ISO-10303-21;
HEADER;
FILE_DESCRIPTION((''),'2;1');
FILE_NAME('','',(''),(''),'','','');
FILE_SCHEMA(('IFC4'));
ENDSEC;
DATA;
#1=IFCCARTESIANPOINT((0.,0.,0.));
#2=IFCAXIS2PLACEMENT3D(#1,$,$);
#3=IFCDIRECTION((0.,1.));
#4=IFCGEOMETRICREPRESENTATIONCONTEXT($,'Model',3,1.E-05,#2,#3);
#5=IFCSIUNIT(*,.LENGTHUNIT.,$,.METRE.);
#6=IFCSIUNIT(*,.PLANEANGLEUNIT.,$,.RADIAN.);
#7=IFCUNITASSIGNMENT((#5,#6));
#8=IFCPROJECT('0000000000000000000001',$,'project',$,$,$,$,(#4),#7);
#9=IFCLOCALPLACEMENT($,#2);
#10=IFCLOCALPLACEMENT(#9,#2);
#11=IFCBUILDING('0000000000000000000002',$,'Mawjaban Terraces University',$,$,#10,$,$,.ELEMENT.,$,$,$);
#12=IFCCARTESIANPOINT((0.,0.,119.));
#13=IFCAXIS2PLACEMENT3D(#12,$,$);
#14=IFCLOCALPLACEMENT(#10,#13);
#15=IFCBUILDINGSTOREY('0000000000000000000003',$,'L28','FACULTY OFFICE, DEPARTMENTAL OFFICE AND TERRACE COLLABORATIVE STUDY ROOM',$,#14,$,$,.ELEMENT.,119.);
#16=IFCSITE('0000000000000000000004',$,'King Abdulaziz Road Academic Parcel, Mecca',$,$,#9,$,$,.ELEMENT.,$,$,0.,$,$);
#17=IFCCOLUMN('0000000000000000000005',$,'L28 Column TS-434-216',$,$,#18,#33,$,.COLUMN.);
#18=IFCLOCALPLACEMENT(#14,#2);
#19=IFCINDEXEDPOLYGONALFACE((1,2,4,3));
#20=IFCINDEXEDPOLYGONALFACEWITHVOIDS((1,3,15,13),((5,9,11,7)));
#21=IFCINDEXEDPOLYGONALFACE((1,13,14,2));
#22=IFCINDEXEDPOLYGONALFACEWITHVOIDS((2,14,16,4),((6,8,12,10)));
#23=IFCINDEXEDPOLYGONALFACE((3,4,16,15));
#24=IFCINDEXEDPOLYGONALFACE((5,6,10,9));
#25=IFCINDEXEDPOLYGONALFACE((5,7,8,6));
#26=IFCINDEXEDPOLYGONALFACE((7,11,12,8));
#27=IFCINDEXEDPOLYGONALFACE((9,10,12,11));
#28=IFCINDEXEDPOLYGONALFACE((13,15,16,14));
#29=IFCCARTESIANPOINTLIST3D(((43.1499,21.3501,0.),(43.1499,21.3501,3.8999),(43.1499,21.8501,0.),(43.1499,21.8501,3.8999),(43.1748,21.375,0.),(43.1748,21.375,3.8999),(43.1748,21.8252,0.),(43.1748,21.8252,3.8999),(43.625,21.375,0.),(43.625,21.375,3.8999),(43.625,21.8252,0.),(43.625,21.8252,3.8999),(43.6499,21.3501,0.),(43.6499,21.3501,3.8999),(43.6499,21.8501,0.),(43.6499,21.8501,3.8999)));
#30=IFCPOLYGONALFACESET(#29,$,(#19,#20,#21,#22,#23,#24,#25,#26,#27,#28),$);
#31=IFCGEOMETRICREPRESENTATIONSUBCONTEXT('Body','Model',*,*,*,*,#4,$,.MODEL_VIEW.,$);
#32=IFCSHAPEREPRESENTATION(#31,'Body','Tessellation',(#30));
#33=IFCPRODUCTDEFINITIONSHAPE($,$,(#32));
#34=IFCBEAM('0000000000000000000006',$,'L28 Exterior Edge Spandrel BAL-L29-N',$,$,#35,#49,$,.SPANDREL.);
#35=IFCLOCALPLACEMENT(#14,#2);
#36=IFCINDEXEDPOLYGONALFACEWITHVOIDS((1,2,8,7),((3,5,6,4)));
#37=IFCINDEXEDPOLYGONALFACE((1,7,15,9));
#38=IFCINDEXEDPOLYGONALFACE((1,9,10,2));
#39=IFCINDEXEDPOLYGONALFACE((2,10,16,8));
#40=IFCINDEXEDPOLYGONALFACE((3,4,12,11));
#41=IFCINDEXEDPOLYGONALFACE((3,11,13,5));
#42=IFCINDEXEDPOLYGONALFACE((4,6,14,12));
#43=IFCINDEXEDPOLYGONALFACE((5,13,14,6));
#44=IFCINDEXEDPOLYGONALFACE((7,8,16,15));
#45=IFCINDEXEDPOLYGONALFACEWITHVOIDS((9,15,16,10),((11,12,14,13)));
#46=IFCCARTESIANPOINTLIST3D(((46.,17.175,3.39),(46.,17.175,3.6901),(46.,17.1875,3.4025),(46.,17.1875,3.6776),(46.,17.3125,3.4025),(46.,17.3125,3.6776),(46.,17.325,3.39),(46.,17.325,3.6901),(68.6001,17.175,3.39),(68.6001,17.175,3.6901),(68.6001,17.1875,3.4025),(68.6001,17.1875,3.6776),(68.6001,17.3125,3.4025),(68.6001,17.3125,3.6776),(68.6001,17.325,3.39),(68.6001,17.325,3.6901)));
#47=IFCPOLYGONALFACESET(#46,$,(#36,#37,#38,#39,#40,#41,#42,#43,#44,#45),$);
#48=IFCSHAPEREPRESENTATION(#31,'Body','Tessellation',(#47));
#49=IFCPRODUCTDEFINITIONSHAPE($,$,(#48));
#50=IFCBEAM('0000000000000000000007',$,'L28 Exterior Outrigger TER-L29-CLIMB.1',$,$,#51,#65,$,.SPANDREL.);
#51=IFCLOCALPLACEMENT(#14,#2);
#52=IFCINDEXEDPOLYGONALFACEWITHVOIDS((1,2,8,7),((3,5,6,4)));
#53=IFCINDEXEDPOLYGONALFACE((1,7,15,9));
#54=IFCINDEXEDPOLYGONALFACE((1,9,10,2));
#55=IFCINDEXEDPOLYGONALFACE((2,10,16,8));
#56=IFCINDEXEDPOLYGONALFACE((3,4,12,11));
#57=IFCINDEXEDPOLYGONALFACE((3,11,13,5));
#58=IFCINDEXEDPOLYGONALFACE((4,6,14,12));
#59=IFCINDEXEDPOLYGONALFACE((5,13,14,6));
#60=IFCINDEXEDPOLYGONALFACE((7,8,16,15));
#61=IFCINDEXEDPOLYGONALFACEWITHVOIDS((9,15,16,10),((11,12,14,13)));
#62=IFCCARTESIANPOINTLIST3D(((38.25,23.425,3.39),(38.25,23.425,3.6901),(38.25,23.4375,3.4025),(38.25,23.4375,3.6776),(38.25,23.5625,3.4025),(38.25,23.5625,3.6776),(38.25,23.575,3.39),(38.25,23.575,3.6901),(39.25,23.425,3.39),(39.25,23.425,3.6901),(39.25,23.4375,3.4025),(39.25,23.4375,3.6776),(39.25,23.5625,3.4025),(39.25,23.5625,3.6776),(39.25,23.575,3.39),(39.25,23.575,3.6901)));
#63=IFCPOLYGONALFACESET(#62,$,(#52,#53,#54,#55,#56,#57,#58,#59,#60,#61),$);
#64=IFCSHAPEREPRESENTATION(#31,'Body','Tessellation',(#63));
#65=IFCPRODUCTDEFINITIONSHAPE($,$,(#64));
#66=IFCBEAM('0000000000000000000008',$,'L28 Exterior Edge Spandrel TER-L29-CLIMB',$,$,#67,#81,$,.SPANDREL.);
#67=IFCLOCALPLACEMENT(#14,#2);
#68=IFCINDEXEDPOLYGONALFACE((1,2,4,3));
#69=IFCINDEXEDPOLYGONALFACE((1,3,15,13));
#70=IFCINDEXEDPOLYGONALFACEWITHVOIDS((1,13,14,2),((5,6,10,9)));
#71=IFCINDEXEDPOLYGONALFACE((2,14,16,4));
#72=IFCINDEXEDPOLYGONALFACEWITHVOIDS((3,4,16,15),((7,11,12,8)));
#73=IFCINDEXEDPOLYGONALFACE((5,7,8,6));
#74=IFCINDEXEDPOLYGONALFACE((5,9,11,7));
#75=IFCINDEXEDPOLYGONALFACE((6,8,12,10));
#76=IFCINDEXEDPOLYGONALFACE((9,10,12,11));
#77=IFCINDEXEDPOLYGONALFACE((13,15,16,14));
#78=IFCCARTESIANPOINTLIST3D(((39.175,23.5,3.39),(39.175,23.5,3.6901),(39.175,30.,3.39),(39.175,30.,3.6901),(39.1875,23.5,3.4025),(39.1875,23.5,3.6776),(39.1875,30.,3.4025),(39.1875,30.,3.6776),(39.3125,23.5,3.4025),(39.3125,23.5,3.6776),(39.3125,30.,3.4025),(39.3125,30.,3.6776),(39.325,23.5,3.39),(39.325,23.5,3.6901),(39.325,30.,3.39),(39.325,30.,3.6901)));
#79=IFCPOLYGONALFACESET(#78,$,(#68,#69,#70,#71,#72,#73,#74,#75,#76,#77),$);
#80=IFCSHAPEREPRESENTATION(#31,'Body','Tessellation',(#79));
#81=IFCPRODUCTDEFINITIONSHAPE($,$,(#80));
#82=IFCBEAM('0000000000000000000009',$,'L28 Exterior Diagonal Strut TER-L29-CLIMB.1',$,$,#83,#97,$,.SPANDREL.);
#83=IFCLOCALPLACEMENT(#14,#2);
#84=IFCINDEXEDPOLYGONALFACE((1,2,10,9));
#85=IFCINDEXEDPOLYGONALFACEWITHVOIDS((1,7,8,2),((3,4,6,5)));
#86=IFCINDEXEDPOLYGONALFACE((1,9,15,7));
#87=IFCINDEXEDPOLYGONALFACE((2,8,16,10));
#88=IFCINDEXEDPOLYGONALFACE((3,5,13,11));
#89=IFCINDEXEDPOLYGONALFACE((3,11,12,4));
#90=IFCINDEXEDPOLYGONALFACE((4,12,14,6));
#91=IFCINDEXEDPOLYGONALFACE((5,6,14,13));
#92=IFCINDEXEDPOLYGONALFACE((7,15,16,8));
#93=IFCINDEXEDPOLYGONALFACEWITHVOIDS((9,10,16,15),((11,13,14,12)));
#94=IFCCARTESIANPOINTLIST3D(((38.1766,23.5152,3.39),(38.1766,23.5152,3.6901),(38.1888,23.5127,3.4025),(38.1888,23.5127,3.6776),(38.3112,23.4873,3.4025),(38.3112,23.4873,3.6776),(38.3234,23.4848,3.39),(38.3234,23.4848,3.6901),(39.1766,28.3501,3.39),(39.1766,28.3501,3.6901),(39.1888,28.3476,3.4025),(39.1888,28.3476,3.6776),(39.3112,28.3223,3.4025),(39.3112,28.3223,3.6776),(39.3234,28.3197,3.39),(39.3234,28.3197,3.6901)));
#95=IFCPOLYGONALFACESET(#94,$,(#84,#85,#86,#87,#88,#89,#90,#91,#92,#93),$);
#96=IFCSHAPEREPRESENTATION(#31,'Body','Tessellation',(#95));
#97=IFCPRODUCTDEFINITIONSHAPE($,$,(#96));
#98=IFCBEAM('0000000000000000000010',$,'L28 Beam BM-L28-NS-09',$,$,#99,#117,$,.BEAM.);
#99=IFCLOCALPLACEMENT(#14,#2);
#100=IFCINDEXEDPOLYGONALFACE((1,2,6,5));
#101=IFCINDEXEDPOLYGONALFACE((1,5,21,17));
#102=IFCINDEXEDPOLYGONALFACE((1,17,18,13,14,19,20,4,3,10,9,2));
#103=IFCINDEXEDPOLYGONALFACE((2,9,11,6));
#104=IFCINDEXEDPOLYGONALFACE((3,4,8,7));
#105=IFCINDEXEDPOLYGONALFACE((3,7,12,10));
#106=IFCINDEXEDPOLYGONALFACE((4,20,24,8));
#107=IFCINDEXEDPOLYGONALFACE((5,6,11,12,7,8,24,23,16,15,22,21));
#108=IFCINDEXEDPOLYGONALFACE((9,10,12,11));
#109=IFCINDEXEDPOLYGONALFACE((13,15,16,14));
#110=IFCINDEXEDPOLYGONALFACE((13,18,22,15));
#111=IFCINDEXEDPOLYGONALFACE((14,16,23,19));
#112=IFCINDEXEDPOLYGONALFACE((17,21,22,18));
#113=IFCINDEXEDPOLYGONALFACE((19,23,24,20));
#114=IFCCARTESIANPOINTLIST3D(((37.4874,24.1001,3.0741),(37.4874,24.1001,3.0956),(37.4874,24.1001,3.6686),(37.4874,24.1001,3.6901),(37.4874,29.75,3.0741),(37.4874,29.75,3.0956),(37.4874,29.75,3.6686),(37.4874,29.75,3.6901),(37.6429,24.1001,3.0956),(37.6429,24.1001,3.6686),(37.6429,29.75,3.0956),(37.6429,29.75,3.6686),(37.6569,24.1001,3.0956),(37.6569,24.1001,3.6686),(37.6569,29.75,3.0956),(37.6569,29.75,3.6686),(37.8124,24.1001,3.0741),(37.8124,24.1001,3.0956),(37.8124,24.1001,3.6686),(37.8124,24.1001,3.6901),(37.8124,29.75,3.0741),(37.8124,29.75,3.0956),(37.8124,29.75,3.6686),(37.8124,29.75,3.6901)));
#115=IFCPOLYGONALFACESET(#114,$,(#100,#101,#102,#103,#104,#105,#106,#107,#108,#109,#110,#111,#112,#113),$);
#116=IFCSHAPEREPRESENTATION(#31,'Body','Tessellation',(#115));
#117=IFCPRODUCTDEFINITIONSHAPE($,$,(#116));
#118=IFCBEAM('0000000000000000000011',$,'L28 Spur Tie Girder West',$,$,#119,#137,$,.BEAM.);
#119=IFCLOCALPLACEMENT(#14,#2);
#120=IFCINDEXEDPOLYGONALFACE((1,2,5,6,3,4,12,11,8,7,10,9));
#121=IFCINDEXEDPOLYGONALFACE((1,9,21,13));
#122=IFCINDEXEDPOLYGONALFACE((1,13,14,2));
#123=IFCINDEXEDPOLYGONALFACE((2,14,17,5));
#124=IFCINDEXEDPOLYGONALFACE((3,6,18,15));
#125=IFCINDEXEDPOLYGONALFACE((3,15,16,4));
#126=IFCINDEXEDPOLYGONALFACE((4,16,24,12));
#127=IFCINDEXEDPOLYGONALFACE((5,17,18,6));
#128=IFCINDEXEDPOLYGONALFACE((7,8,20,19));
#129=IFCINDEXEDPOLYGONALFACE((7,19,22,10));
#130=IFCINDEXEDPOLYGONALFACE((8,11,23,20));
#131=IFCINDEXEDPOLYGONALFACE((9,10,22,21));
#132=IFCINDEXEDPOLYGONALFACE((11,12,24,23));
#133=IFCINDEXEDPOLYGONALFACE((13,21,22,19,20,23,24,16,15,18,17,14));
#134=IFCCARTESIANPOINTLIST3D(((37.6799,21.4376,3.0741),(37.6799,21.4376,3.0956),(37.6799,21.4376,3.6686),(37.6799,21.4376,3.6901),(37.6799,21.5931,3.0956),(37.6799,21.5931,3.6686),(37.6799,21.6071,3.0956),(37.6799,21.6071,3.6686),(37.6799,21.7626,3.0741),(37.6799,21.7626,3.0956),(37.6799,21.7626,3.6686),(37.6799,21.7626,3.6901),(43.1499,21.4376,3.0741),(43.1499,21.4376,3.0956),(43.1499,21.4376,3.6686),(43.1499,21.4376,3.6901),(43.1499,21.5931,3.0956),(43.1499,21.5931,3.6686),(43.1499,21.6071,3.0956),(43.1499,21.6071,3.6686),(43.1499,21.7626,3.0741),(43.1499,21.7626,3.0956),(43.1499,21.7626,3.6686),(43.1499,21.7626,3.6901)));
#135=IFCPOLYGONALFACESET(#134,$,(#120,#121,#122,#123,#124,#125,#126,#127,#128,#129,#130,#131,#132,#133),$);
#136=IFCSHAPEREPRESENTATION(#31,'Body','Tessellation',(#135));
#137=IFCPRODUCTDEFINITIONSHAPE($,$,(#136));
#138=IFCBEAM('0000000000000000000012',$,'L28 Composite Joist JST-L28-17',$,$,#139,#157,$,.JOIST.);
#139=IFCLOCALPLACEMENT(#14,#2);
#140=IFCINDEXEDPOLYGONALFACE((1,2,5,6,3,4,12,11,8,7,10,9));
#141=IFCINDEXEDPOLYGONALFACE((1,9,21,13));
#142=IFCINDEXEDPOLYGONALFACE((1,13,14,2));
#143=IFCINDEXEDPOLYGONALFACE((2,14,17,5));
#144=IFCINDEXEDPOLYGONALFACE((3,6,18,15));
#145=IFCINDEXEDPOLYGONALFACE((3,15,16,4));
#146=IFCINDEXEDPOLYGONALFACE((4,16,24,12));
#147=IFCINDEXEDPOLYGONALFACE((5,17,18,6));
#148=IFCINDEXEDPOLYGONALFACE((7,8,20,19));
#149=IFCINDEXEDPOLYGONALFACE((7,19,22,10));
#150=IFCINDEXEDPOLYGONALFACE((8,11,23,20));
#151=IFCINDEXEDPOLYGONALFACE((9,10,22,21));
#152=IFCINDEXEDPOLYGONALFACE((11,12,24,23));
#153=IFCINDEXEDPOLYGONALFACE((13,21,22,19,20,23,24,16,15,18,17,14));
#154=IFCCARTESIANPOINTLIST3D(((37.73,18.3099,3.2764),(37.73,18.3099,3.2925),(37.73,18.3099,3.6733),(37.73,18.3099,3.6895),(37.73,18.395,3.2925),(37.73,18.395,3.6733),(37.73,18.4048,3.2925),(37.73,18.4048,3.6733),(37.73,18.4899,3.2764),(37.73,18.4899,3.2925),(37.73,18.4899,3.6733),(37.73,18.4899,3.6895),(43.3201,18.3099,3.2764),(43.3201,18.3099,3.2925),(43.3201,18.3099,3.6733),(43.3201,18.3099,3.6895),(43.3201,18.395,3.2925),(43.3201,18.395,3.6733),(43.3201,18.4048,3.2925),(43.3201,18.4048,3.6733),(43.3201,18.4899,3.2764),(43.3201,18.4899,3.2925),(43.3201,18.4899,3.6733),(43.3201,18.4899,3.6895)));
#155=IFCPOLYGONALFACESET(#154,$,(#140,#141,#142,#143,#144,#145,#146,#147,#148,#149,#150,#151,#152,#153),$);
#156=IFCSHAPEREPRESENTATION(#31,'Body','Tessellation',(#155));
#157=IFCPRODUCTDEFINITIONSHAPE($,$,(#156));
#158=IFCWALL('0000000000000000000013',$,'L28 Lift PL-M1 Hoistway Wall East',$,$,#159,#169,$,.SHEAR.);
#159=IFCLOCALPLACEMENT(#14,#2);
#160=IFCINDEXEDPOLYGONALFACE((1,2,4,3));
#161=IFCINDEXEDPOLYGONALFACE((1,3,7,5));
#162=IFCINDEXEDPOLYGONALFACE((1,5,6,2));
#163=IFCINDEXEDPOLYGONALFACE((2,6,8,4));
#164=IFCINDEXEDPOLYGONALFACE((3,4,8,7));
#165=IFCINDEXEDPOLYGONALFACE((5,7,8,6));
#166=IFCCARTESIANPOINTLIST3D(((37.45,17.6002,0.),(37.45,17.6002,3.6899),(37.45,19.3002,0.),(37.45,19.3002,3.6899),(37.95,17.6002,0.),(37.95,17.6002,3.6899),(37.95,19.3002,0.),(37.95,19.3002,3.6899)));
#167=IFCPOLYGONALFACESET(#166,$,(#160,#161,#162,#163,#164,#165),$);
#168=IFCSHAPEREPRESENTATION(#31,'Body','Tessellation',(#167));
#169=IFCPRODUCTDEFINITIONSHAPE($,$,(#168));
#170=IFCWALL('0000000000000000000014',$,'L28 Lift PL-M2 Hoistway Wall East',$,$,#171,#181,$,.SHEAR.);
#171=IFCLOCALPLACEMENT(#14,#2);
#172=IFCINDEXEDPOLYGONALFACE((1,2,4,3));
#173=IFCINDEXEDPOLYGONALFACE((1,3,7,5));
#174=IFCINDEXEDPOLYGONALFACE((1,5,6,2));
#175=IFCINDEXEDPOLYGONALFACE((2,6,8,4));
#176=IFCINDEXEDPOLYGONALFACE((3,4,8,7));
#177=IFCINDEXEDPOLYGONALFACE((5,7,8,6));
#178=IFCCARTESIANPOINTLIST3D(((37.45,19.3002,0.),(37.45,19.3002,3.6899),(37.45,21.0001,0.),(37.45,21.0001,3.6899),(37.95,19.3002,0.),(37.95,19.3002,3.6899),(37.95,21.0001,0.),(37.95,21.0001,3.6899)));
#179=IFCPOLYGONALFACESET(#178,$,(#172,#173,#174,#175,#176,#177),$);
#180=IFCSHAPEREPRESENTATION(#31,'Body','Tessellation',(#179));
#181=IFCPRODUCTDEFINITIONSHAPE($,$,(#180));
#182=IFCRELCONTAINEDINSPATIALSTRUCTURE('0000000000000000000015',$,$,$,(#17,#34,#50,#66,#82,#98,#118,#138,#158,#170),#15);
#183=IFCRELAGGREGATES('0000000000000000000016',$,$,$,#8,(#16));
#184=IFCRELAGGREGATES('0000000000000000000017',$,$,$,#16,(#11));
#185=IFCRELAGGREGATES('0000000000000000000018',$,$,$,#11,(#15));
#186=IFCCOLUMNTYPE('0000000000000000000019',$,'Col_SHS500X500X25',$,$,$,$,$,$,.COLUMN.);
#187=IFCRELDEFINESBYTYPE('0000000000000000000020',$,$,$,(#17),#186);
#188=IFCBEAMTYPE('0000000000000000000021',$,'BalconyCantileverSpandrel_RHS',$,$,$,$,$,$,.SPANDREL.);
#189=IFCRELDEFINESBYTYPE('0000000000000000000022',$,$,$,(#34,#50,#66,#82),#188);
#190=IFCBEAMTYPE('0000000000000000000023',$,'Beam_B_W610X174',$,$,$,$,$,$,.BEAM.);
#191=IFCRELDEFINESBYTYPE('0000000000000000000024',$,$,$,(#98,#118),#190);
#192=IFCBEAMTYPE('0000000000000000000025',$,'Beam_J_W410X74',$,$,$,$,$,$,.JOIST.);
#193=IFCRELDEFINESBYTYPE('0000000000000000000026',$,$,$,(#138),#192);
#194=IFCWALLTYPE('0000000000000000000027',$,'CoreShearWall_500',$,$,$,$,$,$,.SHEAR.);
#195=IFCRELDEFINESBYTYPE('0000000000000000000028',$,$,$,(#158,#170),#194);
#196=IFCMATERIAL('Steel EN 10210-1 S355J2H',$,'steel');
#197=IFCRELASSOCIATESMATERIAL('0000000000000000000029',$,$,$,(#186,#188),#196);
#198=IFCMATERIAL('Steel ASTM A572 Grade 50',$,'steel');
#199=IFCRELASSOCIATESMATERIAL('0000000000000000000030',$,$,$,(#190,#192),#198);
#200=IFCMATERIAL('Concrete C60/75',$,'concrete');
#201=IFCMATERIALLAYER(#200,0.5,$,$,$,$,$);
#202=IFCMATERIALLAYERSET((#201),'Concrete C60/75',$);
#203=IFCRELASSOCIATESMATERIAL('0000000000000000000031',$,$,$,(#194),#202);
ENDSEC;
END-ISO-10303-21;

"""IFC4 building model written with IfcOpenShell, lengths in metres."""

from ifc_helpers import new_model, si_unit, direction, frame, frame_2d, origin, origin_2d, place, context, subcontext, project, spatial, rectangle, hollow_rectangle, i_section, extrude, material, layer, layer_set, material_profile, profile_set, type_object, element, save


model = new_model("IFC4")

# Units and contexts
model_context = context("Model", 3, precision=1e-05, world=origin(), true_north=direction((0.0, 1.0)))
body_context = subcontext(model_context, "Body", "Model", "MODEL_VIEW")
ifc_project = project(units=[si_unit("LENGTHUNIT", "METRE"), si_unit("PLANEANGLEUNIT", "RADIAN")], contexts=[model_context])

# Site, building, storey
site_placement = place(None, origin())
site = spatial("IfcSite", under=ifc_project, at=site_placement, Name="King Abdulaziz Road Academic Parcel, Mecca", CompositionType="ELEMENT", RefElevation=0.0)
building_placement = place(site_placement, origin())
building = spatial("IfcBuilding", under=site, at=building_placement, Name="Mawjaban Terraces University", CompositionType="ELEMENT")
storey_placement = place(building_placement, frame((0.0, 0.0, 119.0)))
storey = spatial("IfcBuildingStorey", under=building, at=storey_placement, Name="L28", Description="FACULTY OFFICE, DEPARTMENTAL OFFICE AND TERRACE COLLABORATIVE STUDY ROOM", CompositionType="ELEMENT", Elevation=119.0)

# Column
ifc_material_1 = material(Name="Steel EN 10210-1 S355J2H", Category="steel")
ifc_material_profile_1 = material_profile(ifc_material_1, hollow_rectangle(XDim=0.5, YDim=0.5, WallThickness=0.0249, at=origin_2d()), Name="SHS500X500X25")
ifc_profile_set_1 = profile_set([ifc_material_profile_1], Name="Steel EN 10210-1 S355J2H")
column_type = type_object("IfcColumnType", Name="Col_SHS500X500X25", PredefinedType="COLUMN", material=ifc_profile_set_1)
column_placement = place(storey_placement, frame((43.3999, 21.6001, 0.0), z_axis=(0.0, 0.0, 1.0), x_axis=(1.0, 0.0, 0.0)))
element("IfcColumn", 1, at=column_placement, inside=storey, type_object=column_type, Name="L28 Column TS-434-216", PredefinedType="COLUMN", context=body_context, shape_type="SweptSolid", body=[
    extrude(hollow_rectangle(XDim=0.5, YDim=0.5, WallThickness=0.0249, at=origin_2d()), origin(), (0.0, 0.0, 1.0), 3.8999),
])

# Beams
ifc_material_profile_2 = material_profile(ifc_material_1, hollow_rectangle(XDim=0.1499, YDim=0.3, WallThickness=0.0125, at=origin_2d()), Name="RHS300X150X12.5")
ifc_profile_set_2 = profile_set([ifc_material_profile_2], Name="Steel EN 10210-1 S355J2H")
beam_type_1 = type_object("IfcBeamType", Name="BalconyCantileverSpandrel_RHS", PredefinedType="SPANDREL", material=ifc_profile_set_2)
beam_1_placement = place(storey_placement, frame((46.0, 17.25, 3.54), z_axis=(1.0, 0.0, 0.0), x_axis=(0.0, 1.0, 0.0)))
element("IfcBeam", 2, at=beam_1_placement, inside=storey, type_object=beam_type_1, Name="L28 Exterior Edge Spandrel BAL-L29-N", PredefinedType="SPANDREL", context=body_context, shape_type="SweptSolid", body=[
    extrude(hollow_rectangle(XDim=0.1499, YDim=0.3, WallThickness=0.0125, at=origin_2d()), origin(), (0.0, 0.0, 1.0), 22.6001),
])
beam_2_placement = place(storey_placement, frame((38.25, 23.5, 3.54), z_axis=(1.0, 0.0, 0.0), x_axis=(0.0, 1.0, 0.0)))
element("IfcBeam", 3, at=beam_2_placement, inside=storey, type_object=beam_type_1, Name="L28 Exterior Outrigger TER-L29-CLIMB.1", PredefinedType="SPANDREL", context=body_context, shape_type="SweptSolid", body=[
    extrude(hollow_rectangle(XDim=0.1499, YDim=0.3, WallThickness=0.0125, at=origin_2d()), origin(), (0.0, 0.0, 1.0), 1.0),
])
beam_3_placement = place(storey_placement, frame((39.25, 23.5, 3.54), z_axis=(0.0, 1.0, 0.0), x_axis=(-1.0, 0.0, 0.0)))
element("IfcBeam", 4, at=beam_3_placement, inside=storey, type_object=beam_type_1, Name="L28 Exterior Edge Spandrel TER-L29-CLIMB", PredefinedType="SPANDREL", context=body_context, shape_type="SweptSolid", body=[
    extrude(hollow_rectangle(XDim=0.1499, YDim=0.3, WallThickness=0.0125, at=origin_2d()), origin(), (0.0, 0.0, 1.0), 6.5),
])
beam_4_placement = place(storey_placement, frame((38.25, 23.5, 3.54), z_axis=(0.20254, 0.979274, 0.0), x_axis=(-0.979274, 0.20254, 0.0)))
element("IfcBeam", 5, at=beam_4_placement, inside=storey, type_object=beam_type_1, Name="L28 Exterior Diagonal Strut TER-L29-CLIMB.1", PredefinedType="SPANDREL", context=body_context, shape_type="SweptSolid", body=[
    extrude(hollow_rectangle(XDim=0.1499, YDim=0.3, WallThickness=0.0125, at=origin_2d()), origin(), (0.0, 0.0, 1.0), 4.9373),
])
ifc_material_2 = material(Name="Steel ASTM A572 Grade 50", Category="steel")
ifc_material_profile_3 = material_profile(ifc_material_2, i_section(OverallWidth=0.325, OverallDepth=0.616, WebThickness=0.0139, FlangeThickness=0.0215, at=origin_2d()), Name="W610X174")
ifc_profile_set_3 = profile_set([ifc_material_profile_3], Name="Steel ASTM A572 Grade 50")
beam_type_2 = type_object("IfcBeamType", Name="Beam_B_W610X174", PredefinedType="BEAM", material=ifc_profile_set_3)
beam_5_placement = place(storey_placement, frame((37.6499, 24.1001, 3.3821), z_axis=(0.0, 1.0, 0.0), x_axis=(-1.0, 0.0, 0.0)))
element("IfcBeam", 6, at=beam_5_placement, inside=storey, type_object=beam_type_2, Name="L28 Beam BM-L28-NS-09", PredefinedType="BEAM", context=body_context, shape_type="SweptSolid", body=[
    extrude(i_section(OverallWidth=0.325, OverallDepth=0.616, WebThickness=0.0139, FlangeThickness=0.0215, at=origin_2d()), origin(), (0.0, 0.0, 1.0), 5.6499),
])
beam_6_placement = place(storey_placement, frame((37.6799, 21.6001, 3.3821), z_axis=(1.0, 0.0, 0.0), x_axis=(0.0, 1.0, 0.0)))
element("IfcBeam", 7, at=beam_6_placement, inside=storey, type_object=beam_type_2, Name="L28 Spur Tie Girder West", PredefinedType="BEAM", context=body_context, shape_type="SweptSolid", body=[
    extrude(i_section(OverallWidth=0.325, OverallDepth=0.616, WebThickness=0.0139, FlangeThickness=0.0215, at=origin_2d()), origin(), (0.0, 0.0, 1.0), 5.47),
])
ifc_material_profile_4 = material_profile(ifc_material_2, i_section(OverallWidth=0.1799, OverallDepth=0.4131, WebThickness=0.0098, FlangeThickness=0.0161, at=origin_2d()), Name="W410X74")
ifc_profile_set_4 = profile_set([ifc_material_profile_4], Name="Steel ASTM A572 Grade 50")
beam_type_3 = type_object("IfcBeamType", Name="Beam_J_W410X74", PredefinedType="JOIST", material=ifc_profile_set_4)
beam_7_placement = place(storey_placement, frame((37.73, 18.3999, 3.4829), z_axis=(1.0, 0.0, 0.0), x_axis=(0.0, 1.0, 0.0)))
element("IfcBeam", 8, at=beam_7_placement, inside=storey, type_object=beam_type_3, Name="L28 Composite Joist JST-L28-17", PredefinedType="JOIST", context=body_context, shape_type="SweptSolid", body=[
    extrude(i_section(OverallWidth=0.1799, OverallDepth=0.4131, WebThickness=0.0098, FlangeThickness=0.0161, at=origin_2d()), origin(), (0.0, 0.0, 1.0), 5.5901),
])

# Walls
ifc_material_3 = material(Name="Concrete C60/75", Category="concrete")
ifc_layer_1 = layer(ifc_material_3, 0.5)
ifc_layer_set_1 = layer_set([ifc_layer_1], Name="Concrete C60/75")
wall_type_1 = type_object("IfcWallType", Name="CoreShearWall_500", PredefinedType="SHEAR", material=ifc_layer_set_1)
for number, where, z_axis, x_axis, name in (
    (9, (37.7, 17.6001, 0.0), (0.0, 0.0, 1.0), (0.0, 1.0, 0.0), "L28 Lift PL-M1 Hoistway Wall East"),
    (10, (37.7, 19.3, 0.0), (0.0, 0.0, 1.0), (0.0, 1.0, 0.0), "L28 Lift PL-M2 Hoistway Wall East"),
):
    element("IfcWall", number, at=place(storey_placement, frame(where, z_axis=z_axis, x_axis=x_axis)), inside=storey, type_object=wall_type_1, Name=name, PredefinedType="SHEAR", context=body_context, shape_type="SweptSolid", body=[
        extrude(rectangle(XDim=1.7, YDim=0.5, at=frame_2d((0.8501, 0.0))), origin(), (0.0, 0.0, 1.0), 3.6899),
    ])

save(model, "model.ifc")
